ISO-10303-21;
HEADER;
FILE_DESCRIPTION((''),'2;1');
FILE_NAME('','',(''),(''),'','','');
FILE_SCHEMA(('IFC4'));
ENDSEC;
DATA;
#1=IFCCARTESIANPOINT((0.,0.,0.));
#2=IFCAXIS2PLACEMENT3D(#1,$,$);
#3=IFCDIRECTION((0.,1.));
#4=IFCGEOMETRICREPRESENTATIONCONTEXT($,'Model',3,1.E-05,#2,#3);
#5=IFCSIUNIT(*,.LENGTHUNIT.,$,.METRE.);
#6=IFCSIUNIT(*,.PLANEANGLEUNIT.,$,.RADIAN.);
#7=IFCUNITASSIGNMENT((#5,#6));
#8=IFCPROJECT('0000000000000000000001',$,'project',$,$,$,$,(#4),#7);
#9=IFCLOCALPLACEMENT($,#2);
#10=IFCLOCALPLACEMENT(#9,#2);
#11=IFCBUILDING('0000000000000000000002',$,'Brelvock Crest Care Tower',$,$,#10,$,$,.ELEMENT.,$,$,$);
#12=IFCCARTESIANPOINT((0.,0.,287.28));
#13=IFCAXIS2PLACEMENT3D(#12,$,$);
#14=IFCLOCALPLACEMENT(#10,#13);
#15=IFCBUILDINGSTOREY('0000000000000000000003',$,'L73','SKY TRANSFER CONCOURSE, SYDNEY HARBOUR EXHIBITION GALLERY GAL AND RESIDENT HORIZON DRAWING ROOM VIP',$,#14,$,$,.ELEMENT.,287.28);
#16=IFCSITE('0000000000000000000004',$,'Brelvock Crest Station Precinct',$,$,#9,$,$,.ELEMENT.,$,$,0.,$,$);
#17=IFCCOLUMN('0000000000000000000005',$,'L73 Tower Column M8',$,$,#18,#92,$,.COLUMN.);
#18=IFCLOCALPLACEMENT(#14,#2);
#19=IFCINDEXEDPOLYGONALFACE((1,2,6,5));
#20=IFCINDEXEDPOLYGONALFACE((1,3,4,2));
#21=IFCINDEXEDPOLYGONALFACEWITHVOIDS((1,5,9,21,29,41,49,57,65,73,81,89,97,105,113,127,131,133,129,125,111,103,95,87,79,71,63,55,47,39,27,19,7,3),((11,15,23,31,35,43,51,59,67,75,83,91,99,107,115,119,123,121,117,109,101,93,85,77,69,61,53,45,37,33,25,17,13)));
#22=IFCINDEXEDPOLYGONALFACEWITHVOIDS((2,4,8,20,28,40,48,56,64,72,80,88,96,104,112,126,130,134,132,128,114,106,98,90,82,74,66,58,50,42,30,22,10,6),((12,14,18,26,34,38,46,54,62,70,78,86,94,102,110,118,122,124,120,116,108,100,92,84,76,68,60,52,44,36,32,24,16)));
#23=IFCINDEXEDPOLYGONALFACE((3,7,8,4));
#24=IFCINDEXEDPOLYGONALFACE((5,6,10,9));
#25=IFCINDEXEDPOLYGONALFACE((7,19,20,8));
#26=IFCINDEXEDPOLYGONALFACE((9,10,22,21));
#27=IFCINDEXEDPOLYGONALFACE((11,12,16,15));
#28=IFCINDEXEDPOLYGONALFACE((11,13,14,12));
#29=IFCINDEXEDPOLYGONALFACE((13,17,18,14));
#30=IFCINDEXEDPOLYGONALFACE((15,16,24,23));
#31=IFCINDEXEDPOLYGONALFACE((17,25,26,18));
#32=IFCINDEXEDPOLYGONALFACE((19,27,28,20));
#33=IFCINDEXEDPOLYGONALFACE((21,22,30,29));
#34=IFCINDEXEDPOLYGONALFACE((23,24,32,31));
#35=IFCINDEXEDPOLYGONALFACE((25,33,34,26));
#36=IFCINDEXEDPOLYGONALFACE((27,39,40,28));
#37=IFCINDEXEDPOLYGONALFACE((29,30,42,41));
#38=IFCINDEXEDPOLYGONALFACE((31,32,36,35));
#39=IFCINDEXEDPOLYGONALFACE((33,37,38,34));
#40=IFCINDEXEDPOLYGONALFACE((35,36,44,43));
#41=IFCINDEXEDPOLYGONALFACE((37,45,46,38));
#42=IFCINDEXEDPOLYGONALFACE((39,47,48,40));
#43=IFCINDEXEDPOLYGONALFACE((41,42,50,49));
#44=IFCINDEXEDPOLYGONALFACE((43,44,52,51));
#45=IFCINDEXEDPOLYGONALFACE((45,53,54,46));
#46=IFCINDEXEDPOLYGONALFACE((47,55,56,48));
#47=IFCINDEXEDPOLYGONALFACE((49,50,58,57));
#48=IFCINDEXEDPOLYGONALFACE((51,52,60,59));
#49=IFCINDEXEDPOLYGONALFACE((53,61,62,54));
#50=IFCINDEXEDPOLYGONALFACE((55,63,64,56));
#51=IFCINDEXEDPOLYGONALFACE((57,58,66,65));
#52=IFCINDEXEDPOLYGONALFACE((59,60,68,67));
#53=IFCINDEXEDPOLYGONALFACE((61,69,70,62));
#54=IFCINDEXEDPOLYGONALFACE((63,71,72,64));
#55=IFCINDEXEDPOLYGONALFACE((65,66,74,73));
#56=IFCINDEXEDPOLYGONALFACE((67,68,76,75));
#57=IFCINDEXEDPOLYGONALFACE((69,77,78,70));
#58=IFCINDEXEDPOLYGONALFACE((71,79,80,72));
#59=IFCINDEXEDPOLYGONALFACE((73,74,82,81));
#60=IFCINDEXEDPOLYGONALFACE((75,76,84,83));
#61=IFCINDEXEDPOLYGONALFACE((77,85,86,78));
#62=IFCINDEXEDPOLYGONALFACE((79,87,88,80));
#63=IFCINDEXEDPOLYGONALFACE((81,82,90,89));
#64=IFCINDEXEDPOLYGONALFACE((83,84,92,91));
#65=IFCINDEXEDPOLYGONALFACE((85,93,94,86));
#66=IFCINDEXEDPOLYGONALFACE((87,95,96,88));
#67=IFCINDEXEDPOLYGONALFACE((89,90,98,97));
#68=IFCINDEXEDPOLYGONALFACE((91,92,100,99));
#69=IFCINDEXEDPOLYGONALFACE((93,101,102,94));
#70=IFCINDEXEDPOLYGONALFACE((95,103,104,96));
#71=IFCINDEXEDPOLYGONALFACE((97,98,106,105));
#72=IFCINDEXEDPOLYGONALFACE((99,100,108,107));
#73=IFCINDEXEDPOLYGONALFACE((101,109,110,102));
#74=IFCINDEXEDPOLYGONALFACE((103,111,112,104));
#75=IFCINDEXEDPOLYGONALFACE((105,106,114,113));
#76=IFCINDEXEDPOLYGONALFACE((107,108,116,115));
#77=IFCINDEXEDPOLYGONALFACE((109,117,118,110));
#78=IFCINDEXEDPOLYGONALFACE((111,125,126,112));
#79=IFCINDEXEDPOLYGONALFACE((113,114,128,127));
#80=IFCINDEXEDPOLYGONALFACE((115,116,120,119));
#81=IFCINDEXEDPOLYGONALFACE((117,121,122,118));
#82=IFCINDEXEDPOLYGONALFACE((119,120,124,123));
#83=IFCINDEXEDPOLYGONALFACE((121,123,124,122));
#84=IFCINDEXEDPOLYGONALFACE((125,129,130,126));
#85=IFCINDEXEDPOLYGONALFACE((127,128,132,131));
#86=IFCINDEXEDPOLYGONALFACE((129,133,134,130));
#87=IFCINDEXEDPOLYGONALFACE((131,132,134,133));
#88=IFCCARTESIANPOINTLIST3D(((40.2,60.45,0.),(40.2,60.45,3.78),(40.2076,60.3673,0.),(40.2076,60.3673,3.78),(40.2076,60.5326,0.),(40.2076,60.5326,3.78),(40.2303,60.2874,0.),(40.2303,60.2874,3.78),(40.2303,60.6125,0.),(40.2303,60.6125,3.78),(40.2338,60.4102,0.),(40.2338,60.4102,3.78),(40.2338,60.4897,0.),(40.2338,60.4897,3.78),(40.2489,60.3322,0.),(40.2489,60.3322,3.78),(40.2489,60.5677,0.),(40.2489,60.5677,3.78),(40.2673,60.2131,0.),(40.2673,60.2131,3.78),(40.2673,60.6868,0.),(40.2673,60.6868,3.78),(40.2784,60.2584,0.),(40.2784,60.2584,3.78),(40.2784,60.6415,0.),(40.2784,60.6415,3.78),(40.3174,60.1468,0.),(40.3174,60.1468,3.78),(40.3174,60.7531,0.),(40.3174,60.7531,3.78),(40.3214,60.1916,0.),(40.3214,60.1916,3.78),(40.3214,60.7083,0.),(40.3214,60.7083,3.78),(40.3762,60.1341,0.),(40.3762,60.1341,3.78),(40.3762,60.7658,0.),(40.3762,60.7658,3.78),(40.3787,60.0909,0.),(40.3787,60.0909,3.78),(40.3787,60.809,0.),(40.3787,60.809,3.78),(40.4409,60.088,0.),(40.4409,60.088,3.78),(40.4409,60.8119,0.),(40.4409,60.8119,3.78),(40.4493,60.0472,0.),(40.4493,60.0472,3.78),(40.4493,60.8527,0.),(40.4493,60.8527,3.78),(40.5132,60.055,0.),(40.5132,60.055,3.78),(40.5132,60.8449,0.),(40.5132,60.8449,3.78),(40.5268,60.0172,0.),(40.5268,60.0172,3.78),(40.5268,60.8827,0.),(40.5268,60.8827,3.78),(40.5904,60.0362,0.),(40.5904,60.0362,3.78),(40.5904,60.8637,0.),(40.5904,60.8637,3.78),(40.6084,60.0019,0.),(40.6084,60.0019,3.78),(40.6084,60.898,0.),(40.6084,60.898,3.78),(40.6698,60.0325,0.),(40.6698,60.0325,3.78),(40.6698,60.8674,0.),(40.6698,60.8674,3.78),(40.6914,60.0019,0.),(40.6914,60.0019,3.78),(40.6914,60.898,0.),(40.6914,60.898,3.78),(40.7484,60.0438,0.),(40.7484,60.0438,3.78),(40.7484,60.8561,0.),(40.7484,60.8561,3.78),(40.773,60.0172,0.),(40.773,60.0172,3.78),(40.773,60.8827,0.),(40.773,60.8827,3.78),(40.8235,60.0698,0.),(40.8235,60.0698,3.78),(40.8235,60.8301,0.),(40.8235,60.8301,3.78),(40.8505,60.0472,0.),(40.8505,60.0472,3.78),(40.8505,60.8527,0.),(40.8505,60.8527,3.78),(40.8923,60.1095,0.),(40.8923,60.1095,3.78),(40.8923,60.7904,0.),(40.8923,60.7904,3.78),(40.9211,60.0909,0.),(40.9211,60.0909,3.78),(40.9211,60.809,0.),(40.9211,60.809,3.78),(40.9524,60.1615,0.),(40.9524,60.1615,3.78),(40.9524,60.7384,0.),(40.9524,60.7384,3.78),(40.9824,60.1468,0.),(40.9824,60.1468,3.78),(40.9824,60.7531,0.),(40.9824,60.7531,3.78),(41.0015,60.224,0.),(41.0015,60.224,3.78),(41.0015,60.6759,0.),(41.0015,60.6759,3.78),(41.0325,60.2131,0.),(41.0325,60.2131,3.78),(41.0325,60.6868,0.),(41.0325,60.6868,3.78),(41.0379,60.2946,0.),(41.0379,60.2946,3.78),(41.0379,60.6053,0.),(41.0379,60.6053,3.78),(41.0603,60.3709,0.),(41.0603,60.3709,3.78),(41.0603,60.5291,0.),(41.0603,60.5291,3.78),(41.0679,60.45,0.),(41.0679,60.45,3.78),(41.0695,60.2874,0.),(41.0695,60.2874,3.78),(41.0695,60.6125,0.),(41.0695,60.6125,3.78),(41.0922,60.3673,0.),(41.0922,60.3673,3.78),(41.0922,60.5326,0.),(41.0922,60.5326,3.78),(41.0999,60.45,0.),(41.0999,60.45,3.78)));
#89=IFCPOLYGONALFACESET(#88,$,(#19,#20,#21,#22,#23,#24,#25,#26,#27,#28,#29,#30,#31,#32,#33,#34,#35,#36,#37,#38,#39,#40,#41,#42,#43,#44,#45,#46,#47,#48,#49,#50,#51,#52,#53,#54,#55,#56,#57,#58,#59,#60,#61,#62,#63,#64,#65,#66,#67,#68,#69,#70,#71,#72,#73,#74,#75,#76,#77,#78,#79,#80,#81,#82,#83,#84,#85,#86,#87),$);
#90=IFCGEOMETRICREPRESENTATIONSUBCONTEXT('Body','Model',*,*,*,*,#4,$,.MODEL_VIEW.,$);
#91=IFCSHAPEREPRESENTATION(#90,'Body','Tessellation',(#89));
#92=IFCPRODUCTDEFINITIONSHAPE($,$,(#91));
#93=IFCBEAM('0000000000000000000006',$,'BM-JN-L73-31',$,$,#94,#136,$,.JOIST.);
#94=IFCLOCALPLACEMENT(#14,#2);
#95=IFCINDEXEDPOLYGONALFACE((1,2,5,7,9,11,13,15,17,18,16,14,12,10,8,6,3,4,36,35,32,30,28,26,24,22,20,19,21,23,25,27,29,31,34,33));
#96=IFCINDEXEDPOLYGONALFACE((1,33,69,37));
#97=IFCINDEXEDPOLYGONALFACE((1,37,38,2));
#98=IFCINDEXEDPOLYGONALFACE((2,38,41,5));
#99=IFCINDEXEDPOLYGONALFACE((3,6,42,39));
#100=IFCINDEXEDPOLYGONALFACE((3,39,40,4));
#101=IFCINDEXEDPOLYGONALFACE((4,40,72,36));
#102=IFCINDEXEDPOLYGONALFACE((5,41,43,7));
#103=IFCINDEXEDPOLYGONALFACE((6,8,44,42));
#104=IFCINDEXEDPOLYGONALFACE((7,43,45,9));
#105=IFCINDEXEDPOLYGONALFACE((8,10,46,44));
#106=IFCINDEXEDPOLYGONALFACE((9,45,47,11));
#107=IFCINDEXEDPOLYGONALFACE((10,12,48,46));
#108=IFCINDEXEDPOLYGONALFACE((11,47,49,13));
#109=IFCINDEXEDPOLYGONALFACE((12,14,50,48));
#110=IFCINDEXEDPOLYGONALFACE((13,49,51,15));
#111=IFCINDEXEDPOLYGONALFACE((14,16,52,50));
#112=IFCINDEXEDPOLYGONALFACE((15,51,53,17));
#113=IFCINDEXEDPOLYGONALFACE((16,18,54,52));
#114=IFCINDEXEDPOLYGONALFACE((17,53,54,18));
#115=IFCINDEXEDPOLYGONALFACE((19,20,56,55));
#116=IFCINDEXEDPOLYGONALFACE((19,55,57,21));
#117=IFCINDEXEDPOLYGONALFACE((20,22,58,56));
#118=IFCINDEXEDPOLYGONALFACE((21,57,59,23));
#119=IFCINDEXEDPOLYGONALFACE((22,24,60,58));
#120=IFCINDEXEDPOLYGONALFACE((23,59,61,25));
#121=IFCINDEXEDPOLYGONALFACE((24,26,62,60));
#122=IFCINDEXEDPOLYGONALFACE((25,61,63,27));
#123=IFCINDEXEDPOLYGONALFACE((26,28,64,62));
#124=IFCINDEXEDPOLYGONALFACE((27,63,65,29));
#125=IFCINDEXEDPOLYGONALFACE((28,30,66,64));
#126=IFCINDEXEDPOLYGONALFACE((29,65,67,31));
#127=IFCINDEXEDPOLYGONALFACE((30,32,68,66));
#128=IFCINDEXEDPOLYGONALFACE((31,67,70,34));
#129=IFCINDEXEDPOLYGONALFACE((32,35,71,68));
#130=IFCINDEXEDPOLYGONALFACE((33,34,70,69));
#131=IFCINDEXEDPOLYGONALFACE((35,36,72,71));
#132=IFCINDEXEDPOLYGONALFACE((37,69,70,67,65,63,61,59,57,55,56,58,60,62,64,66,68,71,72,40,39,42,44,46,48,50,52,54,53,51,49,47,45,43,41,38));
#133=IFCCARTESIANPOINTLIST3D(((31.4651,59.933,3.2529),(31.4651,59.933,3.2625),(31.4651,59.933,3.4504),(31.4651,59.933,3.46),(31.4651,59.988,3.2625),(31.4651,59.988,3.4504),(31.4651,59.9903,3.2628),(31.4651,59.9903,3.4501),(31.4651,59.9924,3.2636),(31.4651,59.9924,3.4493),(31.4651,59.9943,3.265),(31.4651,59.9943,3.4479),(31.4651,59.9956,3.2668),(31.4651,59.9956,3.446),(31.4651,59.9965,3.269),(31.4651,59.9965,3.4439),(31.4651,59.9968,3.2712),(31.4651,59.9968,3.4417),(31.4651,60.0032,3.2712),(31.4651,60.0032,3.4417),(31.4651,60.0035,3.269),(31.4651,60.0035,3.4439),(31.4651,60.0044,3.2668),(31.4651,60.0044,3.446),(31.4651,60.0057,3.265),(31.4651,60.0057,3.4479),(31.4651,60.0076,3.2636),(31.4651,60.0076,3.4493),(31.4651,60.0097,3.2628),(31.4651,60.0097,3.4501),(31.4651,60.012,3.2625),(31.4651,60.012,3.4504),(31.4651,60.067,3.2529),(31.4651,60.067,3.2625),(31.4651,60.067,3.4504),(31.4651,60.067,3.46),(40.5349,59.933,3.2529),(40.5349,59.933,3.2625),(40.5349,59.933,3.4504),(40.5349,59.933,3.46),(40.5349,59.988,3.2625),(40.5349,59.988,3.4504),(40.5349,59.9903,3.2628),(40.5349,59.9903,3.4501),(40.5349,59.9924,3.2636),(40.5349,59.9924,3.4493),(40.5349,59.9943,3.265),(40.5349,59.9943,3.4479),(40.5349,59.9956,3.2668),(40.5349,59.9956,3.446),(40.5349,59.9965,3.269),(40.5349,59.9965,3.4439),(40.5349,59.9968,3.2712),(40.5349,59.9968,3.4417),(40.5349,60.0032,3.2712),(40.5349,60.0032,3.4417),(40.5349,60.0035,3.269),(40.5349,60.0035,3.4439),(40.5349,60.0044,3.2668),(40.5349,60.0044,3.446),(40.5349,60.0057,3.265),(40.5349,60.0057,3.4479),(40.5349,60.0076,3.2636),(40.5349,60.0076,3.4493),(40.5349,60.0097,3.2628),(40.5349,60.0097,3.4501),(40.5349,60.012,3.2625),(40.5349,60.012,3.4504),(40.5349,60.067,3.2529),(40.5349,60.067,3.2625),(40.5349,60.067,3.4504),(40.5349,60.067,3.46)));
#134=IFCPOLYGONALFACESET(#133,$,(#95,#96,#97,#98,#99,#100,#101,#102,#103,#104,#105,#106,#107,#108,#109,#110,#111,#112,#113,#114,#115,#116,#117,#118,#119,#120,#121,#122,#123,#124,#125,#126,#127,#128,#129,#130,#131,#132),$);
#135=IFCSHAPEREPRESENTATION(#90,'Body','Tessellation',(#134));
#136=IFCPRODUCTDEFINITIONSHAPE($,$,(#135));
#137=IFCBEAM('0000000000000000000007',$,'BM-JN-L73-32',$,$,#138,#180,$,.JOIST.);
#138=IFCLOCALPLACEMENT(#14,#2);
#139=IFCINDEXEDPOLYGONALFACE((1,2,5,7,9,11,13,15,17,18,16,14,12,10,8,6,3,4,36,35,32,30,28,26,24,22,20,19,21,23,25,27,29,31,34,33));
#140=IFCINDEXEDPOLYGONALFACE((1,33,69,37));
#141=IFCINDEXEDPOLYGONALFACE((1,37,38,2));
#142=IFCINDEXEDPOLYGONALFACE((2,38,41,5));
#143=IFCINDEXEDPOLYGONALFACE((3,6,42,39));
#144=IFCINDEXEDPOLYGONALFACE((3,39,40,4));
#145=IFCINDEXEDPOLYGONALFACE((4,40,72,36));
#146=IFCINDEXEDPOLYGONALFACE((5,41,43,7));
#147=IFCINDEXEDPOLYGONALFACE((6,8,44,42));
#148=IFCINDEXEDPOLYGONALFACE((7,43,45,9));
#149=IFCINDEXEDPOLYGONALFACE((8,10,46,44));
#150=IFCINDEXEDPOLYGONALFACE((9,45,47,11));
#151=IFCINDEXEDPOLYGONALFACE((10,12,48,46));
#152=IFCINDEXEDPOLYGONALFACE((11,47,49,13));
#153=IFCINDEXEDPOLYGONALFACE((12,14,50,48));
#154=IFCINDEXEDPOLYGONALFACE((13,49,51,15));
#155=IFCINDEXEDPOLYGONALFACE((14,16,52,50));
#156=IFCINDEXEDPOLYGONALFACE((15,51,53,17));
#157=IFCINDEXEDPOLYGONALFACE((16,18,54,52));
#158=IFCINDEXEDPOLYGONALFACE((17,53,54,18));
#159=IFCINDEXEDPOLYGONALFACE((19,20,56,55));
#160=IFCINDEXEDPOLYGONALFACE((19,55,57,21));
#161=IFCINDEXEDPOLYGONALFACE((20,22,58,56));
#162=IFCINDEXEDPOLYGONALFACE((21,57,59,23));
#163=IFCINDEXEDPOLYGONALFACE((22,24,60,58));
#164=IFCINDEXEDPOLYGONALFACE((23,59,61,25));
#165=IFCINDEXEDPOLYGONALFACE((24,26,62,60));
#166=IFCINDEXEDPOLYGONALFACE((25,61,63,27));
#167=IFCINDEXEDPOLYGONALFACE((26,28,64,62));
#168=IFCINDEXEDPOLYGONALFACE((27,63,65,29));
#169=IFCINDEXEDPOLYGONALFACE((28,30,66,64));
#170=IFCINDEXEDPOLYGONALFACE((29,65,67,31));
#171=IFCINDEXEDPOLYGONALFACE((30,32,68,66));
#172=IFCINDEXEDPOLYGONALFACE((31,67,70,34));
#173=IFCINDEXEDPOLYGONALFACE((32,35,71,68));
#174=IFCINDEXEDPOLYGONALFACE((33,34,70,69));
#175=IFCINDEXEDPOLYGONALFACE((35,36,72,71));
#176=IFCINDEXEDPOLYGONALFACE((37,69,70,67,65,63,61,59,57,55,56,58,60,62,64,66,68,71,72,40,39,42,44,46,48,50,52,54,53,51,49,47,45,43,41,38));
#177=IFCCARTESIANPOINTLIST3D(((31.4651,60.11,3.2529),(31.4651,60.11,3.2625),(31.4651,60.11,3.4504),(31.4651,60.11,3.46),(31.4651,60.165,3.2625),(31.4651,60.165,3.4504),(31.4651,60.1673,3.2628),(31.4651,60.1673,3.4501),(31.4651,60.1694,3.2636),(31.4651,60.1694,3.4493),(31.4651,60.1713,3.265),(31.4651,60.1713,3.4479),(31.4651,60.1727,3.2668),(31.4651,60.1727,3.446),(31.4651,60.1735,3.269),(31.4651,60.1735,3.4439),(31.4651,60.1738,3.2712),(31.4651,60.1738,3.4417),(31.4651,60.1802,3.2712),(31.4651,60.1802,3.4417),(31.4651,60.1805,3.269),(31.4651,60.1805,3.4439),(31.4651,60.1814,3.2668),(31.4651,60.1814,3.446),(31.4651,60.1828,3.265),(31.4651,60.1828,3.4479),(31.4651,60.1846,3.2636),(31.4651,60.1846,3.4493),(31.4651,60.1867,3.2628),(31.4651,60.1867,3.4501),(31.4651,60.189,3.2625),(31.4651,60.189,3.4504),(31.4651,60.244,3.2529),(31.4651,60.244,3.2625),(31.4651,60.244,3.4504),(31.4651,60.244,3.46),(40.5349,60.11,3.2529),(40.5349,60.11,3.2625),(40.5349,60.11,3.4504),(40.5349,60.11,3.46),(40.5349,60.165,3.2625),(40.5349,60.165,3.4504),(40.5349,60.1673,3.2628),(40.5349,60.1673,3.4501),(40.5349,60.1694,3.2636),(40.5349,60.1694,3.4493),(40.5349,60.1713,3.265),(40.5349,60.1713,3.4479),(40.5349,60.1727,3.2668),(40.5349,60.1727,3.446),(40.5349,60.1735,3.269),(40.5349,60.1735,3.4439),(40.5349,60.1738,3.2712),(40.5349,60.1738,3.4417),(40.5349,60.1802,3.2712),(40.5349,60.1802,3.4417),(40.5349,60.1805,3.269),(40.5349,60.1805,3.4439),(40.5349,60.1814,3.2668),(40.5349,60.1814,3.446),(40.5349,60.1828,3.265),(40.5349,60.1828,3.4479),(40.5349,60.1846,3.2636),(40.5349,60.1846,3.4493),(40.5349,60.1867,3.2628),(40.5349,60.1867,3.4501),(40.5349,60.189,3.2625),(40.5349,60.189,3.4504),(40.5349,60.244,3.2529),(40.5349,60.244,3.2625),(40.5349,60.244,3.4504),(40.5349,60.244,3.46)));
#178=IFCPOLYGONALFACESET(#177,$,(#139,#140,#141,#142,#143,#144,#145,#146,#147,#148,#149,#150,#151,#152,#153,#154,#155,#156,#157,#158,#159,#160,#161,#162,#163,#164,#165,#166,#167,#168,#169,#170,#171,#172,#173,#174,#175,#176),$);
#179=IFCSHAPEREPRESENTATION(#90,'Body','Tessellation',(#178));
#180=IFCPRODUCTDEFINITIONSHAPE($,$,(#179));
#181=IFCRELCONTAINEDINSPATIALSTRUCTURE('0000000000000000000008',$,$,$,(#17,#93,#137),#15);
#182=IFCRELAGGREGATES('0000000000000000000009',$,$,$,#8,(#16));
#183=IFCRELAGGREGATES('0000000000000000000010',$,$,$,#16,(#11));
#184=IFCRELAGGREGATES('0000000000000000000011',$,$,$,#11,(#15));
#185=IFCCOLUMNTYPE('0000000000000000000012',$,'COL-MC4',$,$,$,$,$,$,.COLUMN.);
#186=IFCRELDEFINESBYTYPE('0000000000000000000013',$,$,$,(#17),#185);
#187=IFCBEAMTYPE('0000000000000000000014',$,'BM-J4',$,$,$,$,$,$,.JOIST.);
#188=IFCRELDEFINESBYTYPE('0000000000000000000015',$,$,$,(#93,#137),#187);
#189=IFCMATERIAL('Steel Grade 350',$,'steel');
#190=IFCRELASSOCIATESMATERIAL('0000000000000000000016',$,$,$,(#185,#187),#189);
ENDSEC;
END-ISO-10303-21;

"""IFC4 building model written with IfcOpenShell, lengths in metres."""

from ifc_helpers import new_model, si_unit, direction, frame, origin, origin_2d, place, context, subcontext, project, spatial, hollow_circle, i_section, extrude, source, transform, mapped, material, material_profile, profile_set, type_object, element, save


model = new_model("IFC4")

# Units and contexts
model_context = context("Model", 3, precision=1e-05, world=origin(), true_north=direction((0.0, 1.0)))
body_context = subcontext(model_context, "Body", "Model", "MODEL_VIEW")
ifc_project = project(units=[si_unit("LENGTHUNIT", "METRE"), si_unit("PLANEANGLEUNIT", "RADIAN")], contexts=[model_context])

# Site, building, storey
site_placement = place(None, origin())
site = spatial("IfcSite", under=ifc_project, at=site_placement, Name="Brelvock Crest Station Precinct", CompositionType="ELEMENT", RefElevation=0.0)
building_placement = place(site_placement, origin())
building = spatial("IfcBuilding", under=site, at=building_placement, Name="Brelvock Crest Care Tower", CompositionType="ELEMENT")
storey_placement = place(building_placement, frame((0.0, 0.0, 287.28)))
storey = spatial("IfcBuildingStorey", under=building, at=storey_placement, Name="L73", Description="SKY TRANSFER CONCOURSE, SYDNEY HARBOUR EXHIBITION GALLERY GAL AND RESIDENT HORIZON DRAWING ROOM VIP", CompositionType="ELEMENT", Elevation=287.28)

# Column
ifc_material_1 = material(Name="Steel Grade 350", Category="steel")
ifc_material_profile_1 = material_profile(ifc_material_1, hollow_circle(Radius=0.45, WallThickness=0.032, at=origin_2d()), Name="CFT900x32")
ifc_profile_set_1 = profile_set([ifc_material_profile_1], Name="Steel Grade 350")
column_type = type_object("IfcColumnType", Name="COL-MC4", PredefinedType="COLUMN", material=ifc_profile_set_1)
shared_shape_1 = source(origin(), body_context, "Body", "SweptSolid", [
    extrude(hollow_circle(Radius=0.45, WallThickness=0.032, at=origin_2d()), origin(), (0.0, 0.0, 1.0), 3.78),
])
column_placement = place(storey_placement, frame((40.6499, 60.45, 0.0), z_axis=(0.0, 0.0, 1.0), x_axis=(1.0, 0.0, 0.0)))
element("IfcColumn", 1, at=column_placement, inside=storey, type_object=column_type, Name="L73 Tower Column M8", PredefinedType="COLUMN", context=body_context, shape_type="MappedRepresentation", body=[
    mapped(shared_shape_1, transform((0.0, 0.0, 0.0), x_axis=(1.0, 0.0, 0.0), y_axis=(0.0, 1.0, 0.0), z_axis=(0.0, 0.0, 1.0), scale=1.0)),
])

# Beams
ifc_material_profile_2 = material_profile(ifc_material_1, i_section(OverallWidth=0.134, OverallDepth=0.207, WebThickness=0.0063, FlangeThickness=0.0095, FilletRadius=0.0088, at=origin_2d()), Name="200UB29.8")
ifc_profile_set_2 = profile_set([ifc_material_profile_2], Name="Steel Grade 350")
beam_type_1 = type_object("IfcBeamType", Name="BM-J4", PredefinedType="JOIST", material=ifc_profile_set_2)
shared_shape_2 = source(origin(), body_context, "Body", "SweptSolid", [
    extrude(i_section(OverallWidth=0.134, OverallDepth=0.207, WebThickness=0.0063, FlangeThickness=0.0095, FilletRadius=0.0088, at=origin_2d()), origin(), (0.0, 0.0, 1.0), 9.0698),
])
for number, where, z_axis, x_axis, name in (
    (2, (31.4651, 60.0, 3.3564), (1.0, 0.0, 0.0), (0.0, 1.0, 0.0), "BM-JN-L73-31"),
    (3, (31.4651, 60.177, 3.3564), (1.0, 0.0, 0.0), (0.0, 1.0, 0.0), "BM-JN-L73-32"),
):
    element("IfcBeam", number, at=place(storey_placement, frame(where, z_axis=z_axis, x_axis=x_axis)), inside=storey, type_object=beam_type_1, Name=name, PredefinedType="JOIST", context=body_context, shape_type="MappedRepresentation", body=[
        mapped(shared_shape_2, transform((0.0, 0.0, 0.0), x_axis=(1.0, 0.0, 0.0), y_axis=(0.0, 1.0, 0.0), z_axis=(0.0, 0.0, 1.0), scale=1.0)),
    ])

save(model, "model.ifc")
